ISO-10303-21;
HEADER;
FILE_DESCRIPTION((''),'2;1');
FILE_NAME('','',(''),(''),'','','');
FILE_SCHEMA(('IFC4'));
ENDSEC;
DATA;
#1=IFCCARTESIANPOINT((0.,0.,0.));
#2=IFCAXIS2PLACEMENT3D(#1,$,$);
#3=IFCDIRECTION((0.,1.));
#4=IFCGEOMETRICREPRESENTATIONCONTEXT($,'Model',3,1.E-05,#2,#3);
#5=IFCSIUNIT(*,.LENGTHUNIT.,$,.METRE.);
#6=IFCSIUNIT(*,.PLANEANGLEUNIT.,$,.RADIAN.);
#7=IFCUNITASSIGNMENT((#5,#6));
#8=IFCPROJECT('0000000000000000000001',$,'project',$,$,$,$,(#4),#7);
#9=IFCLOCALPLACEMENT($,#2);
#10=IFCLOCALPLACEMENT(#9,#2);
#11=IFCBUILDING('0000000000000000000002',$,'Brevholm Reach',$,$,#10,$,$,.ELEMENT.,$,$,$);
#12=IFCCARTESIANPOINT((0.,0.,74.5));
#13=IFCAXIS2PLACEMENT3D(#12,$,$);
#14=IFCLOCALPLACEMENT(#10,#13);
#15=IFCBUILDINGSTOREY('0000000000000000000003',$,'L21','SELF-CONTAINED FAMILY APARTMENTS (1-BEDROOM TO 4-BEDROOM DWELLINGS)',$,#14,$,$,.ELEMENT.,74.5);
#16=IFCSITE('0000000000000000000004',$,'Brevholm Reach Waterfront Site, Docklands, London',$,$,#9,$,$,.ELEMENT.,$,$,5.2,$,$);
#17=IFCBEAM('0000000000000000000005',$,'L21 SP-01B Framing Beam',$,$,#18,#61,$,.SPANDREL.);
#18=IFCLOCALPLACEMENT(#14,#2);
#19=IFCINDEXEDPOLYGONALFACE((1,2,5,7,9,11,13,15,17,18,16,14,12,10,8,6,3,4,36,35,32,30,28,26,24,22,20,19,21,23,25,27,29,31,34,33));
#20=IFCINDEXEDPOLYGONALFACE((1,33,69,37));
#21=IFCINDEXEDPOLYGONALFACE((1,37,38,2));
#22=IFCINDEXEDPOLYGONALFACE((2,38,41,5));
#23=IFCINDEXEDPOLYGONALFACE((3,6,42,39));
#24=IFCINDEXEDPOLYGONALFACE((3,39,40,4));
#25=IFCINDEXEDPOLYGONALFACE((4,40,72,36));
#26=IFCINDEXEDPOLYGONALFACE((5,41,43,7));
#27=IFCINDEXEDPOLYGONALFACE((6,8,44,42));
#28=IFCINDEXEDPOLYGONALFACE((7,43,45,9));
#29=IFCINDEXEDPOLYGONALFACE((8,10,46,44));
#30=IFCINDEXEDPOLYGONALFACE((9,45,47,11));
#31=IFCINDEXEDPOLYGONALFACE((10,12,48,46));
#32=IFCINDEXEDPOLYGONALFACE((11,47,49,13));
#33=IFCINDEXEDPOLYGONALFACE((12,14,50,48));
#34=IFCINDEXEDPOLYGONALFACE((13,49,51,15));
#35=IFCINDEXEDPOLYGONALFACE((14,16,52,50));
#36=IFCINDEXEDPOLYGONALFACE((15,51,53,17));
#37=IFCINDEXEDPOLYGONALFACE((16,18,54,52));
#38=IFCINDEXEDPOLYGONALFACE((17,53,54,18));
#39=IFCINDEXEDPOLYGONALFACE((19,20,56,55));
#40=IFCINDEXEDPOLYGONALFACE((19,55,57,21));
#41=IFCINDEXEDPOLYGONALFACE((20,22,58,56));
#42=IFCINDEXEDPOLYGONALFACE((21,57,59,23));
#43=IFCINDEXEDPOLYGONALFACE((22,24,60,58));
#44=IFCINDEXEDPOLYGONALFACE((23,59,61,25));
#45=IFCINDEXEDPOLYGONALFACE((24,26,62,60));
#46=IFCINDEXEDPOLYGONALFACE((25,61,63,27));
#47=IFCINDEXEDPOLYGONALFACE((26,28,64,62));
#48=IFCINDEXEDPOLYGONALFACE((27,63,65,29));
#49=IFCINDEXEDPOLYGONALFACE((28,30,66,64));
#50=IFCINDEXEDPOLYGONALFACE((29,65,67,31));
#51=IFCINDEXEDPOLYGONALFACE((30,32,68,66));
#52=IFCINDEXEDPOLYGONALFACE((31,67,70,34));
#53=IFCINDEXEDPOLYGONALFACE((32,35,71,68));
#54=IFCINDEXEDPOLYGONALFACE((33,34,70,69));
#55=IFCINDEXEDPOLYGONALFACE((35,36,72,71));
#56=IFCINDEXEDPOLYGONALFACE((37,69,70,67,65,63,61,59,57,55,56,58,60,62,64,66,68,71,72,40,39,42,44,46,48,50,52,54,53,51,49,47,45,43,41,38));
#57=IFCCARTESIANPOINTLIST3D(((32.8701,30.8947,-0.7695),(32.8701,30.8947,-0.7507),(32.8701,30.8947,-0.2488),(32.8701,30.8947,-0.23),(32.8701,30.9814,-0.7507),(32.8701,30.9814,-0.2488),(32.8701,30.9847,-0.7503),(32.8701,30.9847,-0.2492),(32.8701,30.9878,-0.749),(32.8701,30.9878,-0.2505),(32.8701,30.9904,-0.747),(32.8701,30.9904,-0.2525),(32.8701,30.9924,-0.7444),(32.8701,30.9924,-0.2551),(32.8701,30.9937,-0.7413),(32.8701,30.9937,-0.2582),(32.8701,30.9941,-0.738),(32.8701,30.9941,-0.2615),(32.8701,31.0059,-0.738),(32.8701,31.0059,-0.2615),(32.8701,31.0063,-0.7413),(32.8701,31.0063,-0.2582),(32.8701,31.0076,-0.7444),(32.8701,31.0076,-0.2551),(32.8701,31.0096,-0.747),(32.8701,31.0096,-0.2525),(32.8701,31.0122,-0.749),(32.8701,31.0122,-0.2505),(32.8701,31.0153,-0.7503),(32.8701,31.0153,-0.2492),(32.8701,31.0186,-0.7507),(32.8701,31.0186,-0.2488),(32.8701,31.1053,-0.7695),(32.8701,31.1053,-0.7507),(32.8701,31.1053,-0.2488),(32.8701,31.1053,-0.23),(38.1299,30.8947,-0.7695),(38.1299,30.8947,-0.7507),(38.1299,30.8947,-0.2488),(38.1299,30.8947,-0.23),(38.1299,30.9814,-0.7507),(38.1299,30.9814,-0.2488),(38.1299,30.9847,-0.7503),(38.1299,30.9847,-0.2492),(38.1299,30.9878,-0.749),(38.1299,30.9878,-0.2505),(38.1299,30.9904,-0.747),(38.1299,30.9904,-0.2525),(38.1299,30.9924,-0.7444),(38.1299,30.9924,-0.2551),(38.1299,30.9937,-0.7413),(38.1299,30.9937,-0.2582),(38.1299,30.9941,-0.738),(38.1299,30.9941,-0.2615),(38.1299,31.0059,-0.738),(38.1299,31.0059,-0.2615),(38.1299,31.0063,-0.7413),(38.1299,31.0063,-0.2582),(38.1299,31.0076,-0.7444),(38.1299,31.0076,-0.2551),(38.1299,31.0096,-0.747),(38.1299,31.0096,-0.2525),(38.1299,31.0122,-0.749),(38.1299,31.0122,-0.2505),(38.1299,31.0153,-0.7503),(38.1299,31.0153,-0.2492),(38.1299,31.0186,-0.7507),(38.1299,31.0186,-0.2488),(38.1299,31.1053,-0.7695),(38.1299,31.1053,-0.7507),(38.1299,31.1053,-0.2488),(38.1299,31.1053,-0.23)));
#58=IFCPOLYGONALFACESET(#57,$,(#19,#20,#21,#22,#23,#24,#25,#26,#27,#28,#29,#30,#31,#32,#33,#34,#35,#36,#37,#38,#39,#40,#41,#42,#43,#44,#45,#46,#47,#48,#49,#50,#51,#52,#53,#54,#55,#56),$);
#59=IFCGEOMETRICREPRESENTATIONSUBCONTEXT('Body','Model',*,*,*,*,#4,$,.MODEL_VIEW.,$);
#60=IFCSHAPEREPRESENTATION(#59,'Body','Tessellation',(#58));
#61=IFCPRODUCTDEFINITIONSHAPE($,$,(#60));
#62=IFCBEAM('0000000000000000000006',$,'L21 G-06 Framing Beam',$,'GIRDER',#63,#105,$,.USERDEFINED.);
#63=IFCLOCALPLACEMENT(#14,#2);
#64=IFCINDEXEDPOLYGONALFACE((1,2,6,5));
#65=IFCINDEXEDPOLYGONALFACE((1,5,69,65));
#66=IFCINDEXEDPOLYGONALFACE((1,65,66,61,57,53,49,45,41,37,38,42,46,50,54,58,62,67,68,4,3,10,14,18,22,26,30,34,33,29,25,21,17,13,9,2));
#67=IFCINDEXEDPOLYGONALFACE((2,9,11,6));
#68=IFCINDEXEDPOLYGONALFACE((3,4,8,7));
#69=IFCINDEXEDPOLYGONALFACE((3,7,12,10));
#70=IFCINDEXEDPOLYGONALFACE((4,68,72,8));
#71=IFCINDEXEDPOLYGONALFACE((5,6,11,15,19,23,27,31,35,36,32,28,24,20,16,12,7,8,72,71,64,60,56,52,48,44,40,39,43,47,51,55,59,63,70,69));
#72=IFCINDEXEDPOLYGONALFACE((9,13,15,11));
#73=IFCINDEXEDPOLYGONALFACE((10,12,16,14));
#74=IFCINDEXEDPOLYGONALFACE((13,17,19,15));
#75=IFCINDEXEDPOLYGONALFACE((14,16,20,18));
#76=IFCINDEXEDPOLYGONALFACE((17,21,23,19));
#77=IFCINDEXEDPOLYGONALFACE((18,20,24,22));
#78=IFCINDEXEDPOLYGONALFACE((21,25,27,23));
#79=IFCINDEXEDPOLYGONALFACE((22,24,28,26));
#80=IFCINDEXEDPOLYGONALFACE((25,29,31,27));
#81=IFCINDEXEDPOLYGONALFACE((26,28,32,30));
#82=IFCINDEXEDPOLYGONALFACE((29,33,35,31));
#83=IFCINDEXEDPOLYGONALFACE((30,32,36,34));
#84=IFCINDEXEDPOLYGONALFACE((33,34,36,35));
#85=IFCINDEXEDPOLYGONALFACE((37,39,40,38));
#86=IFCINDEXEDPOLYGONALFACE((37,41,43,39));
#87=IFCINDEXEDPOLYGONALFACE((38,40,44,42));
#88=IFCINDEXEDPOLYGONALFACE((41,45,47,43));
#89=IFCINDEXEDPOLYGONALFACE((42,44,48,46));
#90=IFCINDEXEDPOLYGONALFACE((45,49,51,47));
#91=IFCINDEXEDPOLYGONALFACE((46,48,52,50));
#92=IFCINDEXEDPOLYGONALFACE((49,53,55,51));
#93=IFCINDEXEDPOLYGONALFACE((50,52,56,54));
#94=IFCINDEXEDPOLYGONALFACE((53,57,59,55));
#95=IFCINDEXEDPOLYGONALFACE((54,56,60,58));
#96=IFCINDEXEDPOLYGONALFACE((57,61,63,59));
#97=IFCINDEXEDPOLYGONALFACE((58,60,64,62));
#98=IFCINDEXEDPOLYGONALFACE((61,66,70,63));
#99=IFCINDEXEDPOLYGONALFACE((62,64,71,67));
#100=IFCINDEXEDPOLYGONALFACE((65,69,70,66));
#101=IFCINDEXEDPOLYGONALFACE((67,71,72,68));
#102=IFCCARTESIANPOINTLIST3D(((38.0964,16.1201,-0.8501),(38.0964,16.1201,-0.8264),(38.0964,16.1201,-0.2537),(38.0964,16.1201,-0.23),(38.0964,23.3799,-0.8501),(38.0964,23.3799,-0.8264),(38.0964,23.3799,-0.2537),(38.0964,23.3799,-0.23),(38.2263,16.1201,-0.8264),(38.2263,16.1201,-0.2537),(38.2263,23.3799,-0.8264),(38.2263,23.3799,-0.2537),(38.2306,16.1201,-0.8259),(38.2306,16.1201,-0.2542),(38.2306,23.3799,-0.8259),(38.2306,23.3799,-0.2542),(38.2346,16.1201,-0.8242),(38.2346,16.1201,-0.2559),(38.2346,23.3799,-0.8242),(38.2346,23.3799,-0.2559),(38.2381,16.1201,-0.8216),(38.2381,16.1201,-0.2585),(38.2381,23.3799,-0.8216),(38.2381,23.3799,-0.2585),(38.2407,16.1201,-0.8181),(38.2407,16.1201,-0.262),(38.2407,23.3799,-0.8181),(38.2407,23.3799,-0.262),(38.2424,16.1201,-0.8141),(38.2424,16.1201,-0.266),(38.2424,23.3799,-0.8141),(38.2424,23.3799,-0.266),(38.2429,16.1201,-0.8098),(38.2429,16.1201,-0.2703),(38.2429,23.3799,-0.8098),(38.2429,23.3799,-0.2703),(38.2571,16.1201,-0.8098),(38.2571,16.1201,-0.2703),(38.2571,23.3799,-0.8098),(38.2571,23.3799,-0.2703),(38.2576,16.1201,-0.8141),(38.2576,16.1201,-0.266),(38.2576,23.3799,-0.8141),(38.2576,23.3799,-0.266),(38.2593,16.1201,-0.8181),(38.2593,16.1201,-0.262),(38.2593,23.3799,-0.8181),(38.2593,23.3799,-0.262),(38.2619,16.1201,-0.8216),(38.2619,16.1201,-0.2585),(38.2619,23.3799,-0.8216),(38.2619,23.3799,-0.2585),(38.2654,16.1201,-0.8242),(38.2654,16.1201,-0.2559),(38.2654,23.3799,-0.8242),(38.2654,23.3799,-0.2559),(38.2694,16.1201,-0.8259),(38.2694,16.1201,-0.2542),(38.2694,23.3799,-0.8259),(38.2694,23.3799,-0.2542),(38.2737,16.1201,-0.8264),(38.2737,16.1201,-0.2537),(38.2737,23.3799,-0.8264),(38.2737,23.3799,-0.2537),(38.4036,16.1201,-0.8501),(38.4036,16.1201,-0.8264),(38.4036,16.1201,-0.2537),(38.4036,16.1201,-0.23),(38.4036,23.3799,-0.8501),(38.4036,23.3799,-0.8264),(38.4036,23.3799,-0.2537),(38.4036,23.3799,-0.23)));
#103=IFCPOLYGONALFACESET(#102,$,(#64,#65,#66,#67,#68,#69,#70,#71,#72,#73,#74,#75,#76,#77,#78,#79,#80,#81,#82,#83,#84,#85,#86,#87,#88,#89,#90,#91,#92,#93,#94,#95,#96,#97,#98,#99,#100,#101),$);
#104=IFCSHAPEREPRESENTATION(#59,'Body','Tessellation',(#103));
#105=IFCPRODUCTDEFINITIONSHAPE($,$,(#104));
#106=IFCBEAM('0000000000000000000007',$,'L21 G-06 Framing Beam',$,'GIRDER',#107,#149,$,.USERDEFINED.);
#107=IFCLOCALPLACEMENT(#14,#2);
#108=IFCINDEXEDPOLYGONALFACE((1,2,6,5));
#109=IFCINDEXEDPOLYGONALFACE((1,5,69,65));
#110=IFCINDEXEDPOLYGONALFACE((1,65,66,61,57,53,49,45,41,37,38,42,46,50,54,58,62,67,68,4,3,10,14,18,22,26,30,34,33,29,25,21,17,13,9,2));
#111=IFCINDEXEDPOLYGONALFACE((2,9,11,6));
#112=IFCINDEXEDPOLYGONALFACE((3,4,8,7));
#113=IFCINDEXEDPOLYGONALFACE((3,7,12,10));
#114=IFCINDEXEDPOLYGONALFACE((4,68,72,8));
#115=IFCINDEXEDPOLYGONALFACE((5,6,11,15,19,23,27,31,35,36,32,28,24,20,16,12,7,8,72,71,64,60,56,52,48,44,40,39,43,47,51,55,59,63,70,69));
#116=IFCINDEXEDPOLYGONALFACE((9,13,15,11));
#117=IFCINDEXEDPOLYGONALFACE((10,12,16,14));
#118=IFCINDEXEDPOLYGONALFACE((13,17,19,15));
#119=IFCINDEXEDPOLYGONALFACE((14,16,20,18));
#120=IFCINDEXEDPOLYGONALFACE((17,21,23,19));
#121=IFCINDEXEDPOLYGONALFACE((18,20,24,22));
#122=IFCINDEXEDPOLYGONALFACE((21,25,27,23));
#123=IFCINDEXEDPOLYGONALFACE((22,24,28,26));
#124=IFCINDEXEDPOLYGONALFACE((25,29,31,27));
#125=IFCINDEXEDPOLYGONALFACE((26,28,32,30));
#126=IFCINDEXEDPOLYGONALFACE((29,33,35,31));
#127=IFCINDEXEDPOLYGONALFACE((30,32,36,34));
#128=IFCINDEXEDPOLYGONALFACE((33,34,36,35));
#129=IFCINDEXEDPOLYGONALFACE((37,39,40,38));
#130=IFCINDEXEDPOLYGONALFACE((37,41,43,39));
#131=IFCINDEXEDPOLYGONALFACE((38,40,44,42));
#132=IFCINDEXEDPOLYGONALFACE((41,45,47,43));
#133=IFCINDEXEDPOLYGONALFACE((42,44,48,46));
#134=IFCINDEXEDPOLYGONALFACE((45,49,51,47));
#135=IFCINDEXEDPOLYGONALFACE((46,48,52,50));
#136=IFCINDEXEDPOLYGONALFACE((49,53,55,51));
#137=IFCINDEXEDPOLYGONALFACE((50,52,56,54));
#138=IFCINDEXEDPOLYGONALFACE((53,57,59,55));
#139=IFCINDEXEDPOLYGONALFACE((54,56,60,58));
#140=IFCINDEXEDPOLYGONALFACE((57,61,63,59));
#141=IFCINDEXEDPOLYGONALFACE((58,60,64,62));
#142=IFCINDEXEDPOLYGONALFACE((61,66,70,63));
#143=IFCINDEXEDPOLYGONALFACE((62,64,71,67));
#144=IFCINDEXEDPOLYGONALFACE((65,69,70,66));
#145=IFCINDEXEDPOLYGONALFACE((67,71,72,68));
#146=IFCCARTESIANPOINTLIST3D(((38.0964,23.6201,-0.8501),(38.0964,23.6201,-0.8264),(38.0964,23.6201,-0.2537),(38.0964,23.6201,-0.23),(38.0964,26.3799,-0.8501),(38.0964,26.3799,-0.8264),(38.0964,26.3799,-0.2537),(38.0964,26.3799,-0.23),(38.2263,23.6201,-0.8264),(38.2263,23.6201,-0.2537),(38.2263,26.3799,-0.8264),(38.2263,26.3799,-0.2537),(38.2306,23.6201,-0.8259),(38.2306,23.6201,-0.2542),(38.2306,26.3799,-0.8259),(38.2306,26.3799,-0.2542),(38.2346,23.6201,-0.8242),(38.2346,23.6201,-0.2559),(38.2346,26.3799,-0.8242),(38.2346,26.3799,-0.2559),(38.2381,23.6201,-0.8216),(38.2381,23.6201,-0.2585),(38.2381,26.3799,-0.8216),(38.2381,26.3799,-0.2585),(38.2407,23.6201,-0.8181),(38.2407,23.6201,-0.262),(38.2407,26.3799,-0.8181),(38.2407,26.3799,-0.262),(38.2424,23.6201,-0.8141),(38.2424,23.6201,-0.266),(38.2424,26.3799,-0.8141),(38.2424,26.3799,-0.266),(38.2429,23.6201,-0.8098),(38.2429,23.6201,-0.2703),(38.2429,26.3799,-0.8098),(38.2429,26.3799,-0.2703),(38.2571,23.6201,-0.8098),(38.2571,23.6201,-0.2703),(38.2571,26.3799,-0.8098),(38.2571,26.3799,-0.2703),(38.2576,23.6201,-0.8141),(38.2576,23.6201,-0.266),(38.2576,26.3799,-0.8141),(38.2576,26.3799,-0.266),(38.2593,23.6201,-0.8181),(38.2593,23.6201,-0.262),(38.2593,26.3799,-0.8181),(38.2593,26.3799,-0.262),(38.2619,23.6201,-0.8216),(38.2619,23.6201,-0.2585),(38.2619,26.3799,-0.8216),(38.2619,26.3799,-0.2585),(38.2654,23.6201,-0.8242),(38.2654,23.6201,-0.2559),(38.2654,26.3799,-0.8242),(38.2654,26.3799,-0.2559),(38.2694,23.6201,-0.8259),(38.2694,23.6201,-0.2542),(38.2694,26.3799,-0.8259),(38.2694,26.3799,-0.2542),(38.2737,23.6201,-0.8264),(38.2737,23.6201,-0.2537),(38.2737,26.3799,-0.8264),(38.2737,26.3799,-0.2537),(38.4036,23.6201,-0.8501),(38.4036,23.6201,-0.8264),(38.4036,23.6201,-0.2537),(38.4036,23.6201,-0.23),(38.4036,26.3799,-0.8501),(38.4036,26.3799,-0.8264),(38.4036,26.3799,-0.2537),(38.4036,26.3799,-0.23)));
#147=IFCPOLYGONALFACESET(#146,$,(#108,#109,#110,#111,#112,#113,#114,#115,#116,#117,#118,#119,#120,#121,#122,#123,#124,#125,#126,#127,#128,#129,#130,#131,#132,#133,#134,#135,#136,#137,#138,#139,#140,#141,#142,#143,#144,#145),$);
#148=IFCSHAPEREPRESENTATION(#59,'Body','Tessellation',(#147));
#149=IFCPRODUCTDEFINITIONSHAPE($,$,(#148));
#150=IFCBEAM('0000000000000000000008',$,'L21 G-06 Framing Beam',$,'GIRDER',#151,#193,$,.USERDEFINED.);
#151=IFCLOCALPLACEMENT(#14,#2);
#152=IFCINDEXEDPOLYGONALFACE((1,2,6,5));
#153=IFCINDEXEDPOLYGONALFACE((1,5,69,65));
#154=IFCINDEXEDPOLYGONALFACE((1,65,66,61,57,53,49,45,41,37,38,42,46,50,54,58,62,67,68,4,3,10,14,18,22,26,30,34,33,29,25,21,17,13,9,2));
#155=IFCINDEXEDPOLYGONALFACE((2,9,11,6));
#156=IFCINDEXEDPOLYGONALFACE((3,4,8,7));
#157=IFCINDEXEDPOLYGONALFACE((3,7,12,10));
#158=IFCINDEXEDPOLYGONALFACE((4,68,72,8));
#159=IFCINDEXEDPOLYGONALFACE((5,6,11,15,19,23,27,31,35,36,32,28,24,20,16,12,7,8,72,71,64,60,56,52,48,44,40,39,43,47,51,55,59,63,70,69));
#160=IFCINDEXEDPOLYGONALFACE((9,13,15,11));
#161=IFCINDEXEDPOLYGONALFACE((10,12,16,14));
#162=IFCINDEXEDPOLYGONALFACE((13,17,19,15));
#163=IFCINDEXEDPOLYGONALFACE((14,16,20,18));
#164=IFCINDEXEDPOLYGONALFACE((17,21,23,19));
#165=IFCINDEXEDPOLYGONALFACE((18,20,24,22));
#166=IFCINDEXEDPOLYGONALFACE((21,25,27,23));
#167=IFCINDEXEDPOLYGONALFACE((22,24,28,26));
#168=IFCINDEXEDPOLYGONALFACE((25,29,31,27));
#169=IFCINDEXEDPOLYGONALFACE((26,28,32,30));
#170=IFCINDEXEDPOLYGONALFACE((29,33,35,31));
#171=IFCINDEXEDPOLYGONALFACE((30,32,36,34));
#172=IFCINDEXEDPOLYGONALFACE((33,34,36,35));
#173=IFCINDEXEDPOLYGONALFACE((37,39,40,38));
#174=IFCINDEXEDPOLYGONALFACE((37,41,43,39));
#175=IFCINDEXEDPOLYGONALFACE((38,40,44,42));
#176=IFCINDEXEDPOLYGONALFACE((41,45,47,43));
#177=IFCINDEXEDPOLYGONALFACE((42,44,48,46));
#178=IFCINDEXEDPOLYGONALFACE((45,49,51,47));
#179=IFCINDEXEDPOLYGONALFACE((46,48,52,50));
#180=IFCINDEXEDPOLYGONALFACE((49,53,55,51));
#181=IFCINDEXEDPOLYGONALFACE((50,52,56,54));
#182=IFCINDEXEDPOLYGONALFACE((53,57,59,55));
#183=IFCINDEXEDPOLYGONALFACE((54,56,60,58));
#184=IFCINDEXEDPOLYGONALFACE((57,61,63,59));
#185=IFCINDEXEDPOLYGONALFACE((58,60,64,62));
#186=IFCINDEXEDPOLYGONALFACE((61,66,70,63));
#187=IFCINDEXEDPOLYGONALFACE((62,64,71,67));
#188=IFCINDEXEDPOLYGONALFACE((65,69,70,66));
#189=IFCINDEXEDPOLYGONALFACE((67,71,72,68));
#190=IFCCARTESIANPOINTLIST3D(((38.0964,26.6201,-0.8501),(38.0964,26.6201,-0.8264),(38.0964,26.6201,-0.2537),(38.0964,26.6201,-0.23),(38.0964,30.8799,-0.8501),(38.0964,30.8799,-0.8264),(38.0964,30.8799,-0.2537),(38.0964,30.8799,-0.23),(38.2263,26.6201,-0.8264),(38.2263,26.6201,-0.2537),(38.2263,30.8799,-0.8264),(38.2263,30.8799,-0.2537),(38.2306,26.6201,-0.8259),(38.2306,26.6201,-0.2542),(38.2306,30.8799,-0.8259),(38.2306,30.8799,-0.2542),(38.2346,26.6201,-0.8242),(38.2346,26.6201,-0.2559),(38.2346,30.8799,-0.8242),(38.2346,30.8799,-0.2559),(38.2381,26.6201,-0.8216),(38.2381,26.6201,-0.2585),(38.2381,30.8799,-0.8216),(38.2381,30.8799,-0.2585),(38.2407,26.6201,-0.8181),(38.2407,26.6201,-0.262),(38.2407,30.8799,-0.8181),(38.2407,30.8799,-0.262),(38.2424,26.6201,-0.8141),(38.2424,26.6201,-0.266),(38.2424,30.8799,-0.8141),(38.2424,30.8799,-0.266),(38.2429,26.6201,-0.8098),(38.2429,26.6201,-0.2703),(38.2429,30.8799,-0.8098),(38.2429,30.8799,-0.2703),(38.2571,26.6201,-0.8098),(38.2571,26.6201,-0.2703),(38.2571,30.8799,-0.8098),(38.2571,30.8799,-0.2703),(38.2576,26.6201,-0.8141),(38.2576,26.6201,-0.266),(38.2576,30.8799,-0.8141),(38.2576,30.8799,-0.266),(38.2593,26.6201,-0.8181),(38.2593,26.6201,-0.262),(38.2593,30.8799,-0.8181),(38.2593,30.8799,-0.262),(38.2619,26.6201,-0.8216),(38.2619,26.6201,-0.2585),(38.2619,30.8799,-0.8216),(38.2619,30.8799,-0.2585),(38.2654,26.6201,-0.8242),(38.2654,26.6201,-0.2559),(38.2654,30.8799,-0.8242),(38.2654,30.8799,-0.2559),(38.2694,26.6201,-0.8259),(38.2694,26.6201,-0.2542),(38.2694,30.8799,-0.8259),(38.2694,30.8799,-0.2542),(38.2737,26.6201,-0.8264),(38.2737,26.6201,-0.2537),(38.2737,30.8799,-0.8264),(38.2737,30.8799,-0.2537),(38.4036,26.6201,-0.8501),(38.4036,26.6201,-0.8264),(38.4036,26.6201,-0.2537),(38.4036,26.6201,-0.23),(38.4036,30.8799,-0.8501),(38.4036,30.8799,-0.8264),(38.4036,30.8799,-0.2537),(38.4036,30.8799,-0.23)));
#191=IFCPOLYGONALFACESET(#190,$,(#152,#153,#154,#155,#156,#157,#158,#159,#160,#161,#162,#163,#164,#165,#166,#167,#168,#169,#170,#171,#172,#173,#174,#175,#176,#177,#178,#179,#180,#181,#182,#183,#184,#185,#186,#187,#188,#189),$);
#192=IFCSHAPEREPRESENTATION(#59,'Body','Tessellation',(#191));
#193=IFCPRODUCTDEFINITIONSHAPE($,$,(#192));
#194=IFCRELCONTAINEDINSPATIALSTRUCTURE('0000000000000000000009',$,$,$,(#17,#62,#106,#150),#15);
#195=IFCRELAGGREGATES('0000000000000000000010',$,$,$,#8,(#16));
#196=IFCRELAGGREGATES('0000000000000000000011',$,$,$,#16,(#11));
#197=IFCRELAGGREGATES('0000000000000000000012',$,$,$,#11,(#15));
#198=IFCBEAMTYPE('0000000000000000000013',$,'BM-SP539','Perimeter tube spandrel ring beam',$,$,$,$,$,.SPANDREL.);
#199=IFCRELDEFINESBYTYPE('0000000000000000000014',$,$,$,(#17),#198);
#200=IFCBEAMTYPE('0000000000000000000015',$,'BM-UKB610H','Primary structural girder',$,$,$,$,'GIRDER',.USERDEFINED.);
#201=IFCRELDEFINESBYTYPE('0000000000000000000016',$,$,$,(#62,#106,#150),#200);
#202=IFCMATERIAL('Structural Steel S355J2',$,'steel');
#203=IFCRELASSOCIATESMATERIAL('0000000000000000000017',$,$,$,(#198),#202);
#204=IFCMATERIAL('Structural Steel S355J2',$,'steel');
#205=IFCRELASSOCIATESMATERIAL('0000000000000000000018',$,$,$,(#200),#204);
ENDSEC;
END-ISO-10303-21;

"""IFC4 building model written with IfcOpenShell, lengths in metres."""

from ifc_helpers import new_model, si_unit, direction, frame, origin, origin_2d, place, context, subcontext, project, spatial, i_section, extrude, material, material_profile, profile_set, type_object, element, save


model = new_model("IFC4")

# Units and contexts
model_context = context("Model", 3, precision=1e-05, world=origin(), true_north=direction((0.0, 1.0)))
body_context = subcontext(model_context, "Body", "Model", "MODEL_VIEW")
ifc_project = project(units=[si_unit("LENGTHUNIT", "METRE"), si_unit("PLANEANGLEUNIT", "RADIAN")], contexts=[model_context])

# Site, building, storey
site_placement = place(None, origin())
site = spatial("IfcSite", under=ifc_project, at=site_placement, Name="Brevholm Reach Waterfront Site, Docklands, London", CompositionType="ELEMENT", RefElevation=5.2)
building_placement = place(site_placement, origin())
building = spatial("IfcBuilding", under=site, at=building_placement, Name="Brevholm Reach", CompositionType="ELEMENT")
storey_placement = place(building_placement, frame((0.0, 0.0, 74.5)))
storey = spatial("IfcBuildingStorey", under=building, at=storey_placement, Name="L21", Description="SELF-CONTAINED FAMILY APARTMENTS (1-BEDROOM TO 4-BEDROOM DWELLINGS)", CompositionType="ELEMENT", Elevation=74.5)

# Beams
ifc_material_1 = material(Name="Structural Steel S355J2", Category="steel")
ifc_material_profile_1 = material_profile(ifc_material_1, i_section(OverallWidth=0.2107, OverallDepth=0.5396, WebThickness=0.0117, FlangeThickness=0.0188, FilletRadius=0.0127, at=origin_2d()), Name="UKB 533x210x109")
ifc_profile_set_1 = profile_set([ifc_material_profile_1], Name="Structural Steel S355J2")
beam_type_1 = type_object("IfcBeamType", Name="BM-SP539", Description="Perimeter tube spandrel ring beam", PredefinedType="SPANDREL", material=ifc_profile_set_1)
beam_1_placement = place(storey_placement, frame((32.8701, 31.0, -0.4998), z_axis=(1.0, 0.0, 0.0), x_axis=(0.0, 1.0, 0.0)))
element("IfcBeam", 1, at=beam_1_placement, inside=storey, type_object=beam_type_1, Name="L21 SP-01B Framing Beam", PredefinedType="SPANDREL", context=body_context, shape_type="SweptSolid", body=[
    extrude(i_section(OverallWidth=0.2107, OverallDepth=0.5396, WebThickness=0.0117, FlangeThickness=0.0188, FilletRadius=0.0127, at=origin_2d()), origin(), (0.0, 0.0, 1.0), 5.2598),
])
ifc_material_2 = material(Name="Structural Steel S355J2", Category="steel")
ifc_material_profile_2 = material_profile(ifc_material_2, i_section(OverallWidth=0.3071, OverallDepth=0.6201, WebThickness=0.0142, FlangeThickness=0.0237, FilletRadius=0.0166, at=origin_2d()), Name="UKB 610x305x179")
ifc_profile_set_2 = profile_set([ifc_material_profile_2], Name="Structural Steel S355J2")
beam_type_2 = type_object("IfcBeamType", Name="BM-UKB610H", Description="Primary structural girder", ElementType="GIRDER", PredefinedType="USERDEFINED", material=ifc_profile_set_2)
beam_2_placement = place(storey_placement, frame((38.25, 16.1201, -0.54), z_axis=(0.0, 1.0, 0.0), x_axis=(-1.0, 0.0, 0.0)))
element("IfcBeam", 2, at=beam_2_placement, inside=storey, type_object=beam_type_2, Name="L21 G-06 Framing Beam", ObjectType="GIRDER", PredefinedType="USERDEFINED", context=body_context, shape_type="SweptSolid", body=[
    extrude(i_section(OverallWidth=0.3071, OverallDepth=0.6201, WebThickness=0.0142, FlangeThickness=0.0237, FilletRadius=0.0166, at=origin_2d()), origin(), (0.0, 0.0, 1.0), 7.2598),
])
beam_3_placement = place(storey_placement, frame((38.25, 23.6201, -0.54), z_axis=(0.0, 1.0, 0.0), x_axis=(-1.0, 0.0, 0.0)))
element("IfcBeam", 3, at=beam_3_placement, inside=storey, type_object=beam_type_2, Name="L21 G-06 Framing Beam", ObjectType="GIRDER", PredefinedType="USERDEFINED", context=body_context, shape_type="SweptSolid", body=[
    extrude(i_section(OverallWidth=0.3071, OverallDepth=0.6201, WebThickness=0.0142, FlangeThickness=0.0237, FilletRadius=0.0166, at=origin_2d()), origin(), (0.0, 0.0, 1.0), 2.7598),
])
beam_4_placement = place(storey_placement, frame((38.25, 26.6201, -0.54), z_axis=(0.0, 1.0, 0.0), x_axis=(-1.0, 0.0, 0.0)))
element("IfcBeam", 4, at=beam_4_placement, inside=storey, type_object=beam_type_2, Name="L21 G-06 Framing Beam", ObjectType="GIRDER", PredefinedType="USERDEFINED", context=body_context, shape_type="SweptSolid", body=[
    extrude(i_section(OverallWidth=0.3071, OverallDepth=0.6201, WebThickness=0.0142, FlangeThickness=0.0237, FilletRadius=0.0166, at=origin_2d()), origin(), (0.0, 0.0, 1.0), 4.2598),
])

save(model, "model.ifc")
